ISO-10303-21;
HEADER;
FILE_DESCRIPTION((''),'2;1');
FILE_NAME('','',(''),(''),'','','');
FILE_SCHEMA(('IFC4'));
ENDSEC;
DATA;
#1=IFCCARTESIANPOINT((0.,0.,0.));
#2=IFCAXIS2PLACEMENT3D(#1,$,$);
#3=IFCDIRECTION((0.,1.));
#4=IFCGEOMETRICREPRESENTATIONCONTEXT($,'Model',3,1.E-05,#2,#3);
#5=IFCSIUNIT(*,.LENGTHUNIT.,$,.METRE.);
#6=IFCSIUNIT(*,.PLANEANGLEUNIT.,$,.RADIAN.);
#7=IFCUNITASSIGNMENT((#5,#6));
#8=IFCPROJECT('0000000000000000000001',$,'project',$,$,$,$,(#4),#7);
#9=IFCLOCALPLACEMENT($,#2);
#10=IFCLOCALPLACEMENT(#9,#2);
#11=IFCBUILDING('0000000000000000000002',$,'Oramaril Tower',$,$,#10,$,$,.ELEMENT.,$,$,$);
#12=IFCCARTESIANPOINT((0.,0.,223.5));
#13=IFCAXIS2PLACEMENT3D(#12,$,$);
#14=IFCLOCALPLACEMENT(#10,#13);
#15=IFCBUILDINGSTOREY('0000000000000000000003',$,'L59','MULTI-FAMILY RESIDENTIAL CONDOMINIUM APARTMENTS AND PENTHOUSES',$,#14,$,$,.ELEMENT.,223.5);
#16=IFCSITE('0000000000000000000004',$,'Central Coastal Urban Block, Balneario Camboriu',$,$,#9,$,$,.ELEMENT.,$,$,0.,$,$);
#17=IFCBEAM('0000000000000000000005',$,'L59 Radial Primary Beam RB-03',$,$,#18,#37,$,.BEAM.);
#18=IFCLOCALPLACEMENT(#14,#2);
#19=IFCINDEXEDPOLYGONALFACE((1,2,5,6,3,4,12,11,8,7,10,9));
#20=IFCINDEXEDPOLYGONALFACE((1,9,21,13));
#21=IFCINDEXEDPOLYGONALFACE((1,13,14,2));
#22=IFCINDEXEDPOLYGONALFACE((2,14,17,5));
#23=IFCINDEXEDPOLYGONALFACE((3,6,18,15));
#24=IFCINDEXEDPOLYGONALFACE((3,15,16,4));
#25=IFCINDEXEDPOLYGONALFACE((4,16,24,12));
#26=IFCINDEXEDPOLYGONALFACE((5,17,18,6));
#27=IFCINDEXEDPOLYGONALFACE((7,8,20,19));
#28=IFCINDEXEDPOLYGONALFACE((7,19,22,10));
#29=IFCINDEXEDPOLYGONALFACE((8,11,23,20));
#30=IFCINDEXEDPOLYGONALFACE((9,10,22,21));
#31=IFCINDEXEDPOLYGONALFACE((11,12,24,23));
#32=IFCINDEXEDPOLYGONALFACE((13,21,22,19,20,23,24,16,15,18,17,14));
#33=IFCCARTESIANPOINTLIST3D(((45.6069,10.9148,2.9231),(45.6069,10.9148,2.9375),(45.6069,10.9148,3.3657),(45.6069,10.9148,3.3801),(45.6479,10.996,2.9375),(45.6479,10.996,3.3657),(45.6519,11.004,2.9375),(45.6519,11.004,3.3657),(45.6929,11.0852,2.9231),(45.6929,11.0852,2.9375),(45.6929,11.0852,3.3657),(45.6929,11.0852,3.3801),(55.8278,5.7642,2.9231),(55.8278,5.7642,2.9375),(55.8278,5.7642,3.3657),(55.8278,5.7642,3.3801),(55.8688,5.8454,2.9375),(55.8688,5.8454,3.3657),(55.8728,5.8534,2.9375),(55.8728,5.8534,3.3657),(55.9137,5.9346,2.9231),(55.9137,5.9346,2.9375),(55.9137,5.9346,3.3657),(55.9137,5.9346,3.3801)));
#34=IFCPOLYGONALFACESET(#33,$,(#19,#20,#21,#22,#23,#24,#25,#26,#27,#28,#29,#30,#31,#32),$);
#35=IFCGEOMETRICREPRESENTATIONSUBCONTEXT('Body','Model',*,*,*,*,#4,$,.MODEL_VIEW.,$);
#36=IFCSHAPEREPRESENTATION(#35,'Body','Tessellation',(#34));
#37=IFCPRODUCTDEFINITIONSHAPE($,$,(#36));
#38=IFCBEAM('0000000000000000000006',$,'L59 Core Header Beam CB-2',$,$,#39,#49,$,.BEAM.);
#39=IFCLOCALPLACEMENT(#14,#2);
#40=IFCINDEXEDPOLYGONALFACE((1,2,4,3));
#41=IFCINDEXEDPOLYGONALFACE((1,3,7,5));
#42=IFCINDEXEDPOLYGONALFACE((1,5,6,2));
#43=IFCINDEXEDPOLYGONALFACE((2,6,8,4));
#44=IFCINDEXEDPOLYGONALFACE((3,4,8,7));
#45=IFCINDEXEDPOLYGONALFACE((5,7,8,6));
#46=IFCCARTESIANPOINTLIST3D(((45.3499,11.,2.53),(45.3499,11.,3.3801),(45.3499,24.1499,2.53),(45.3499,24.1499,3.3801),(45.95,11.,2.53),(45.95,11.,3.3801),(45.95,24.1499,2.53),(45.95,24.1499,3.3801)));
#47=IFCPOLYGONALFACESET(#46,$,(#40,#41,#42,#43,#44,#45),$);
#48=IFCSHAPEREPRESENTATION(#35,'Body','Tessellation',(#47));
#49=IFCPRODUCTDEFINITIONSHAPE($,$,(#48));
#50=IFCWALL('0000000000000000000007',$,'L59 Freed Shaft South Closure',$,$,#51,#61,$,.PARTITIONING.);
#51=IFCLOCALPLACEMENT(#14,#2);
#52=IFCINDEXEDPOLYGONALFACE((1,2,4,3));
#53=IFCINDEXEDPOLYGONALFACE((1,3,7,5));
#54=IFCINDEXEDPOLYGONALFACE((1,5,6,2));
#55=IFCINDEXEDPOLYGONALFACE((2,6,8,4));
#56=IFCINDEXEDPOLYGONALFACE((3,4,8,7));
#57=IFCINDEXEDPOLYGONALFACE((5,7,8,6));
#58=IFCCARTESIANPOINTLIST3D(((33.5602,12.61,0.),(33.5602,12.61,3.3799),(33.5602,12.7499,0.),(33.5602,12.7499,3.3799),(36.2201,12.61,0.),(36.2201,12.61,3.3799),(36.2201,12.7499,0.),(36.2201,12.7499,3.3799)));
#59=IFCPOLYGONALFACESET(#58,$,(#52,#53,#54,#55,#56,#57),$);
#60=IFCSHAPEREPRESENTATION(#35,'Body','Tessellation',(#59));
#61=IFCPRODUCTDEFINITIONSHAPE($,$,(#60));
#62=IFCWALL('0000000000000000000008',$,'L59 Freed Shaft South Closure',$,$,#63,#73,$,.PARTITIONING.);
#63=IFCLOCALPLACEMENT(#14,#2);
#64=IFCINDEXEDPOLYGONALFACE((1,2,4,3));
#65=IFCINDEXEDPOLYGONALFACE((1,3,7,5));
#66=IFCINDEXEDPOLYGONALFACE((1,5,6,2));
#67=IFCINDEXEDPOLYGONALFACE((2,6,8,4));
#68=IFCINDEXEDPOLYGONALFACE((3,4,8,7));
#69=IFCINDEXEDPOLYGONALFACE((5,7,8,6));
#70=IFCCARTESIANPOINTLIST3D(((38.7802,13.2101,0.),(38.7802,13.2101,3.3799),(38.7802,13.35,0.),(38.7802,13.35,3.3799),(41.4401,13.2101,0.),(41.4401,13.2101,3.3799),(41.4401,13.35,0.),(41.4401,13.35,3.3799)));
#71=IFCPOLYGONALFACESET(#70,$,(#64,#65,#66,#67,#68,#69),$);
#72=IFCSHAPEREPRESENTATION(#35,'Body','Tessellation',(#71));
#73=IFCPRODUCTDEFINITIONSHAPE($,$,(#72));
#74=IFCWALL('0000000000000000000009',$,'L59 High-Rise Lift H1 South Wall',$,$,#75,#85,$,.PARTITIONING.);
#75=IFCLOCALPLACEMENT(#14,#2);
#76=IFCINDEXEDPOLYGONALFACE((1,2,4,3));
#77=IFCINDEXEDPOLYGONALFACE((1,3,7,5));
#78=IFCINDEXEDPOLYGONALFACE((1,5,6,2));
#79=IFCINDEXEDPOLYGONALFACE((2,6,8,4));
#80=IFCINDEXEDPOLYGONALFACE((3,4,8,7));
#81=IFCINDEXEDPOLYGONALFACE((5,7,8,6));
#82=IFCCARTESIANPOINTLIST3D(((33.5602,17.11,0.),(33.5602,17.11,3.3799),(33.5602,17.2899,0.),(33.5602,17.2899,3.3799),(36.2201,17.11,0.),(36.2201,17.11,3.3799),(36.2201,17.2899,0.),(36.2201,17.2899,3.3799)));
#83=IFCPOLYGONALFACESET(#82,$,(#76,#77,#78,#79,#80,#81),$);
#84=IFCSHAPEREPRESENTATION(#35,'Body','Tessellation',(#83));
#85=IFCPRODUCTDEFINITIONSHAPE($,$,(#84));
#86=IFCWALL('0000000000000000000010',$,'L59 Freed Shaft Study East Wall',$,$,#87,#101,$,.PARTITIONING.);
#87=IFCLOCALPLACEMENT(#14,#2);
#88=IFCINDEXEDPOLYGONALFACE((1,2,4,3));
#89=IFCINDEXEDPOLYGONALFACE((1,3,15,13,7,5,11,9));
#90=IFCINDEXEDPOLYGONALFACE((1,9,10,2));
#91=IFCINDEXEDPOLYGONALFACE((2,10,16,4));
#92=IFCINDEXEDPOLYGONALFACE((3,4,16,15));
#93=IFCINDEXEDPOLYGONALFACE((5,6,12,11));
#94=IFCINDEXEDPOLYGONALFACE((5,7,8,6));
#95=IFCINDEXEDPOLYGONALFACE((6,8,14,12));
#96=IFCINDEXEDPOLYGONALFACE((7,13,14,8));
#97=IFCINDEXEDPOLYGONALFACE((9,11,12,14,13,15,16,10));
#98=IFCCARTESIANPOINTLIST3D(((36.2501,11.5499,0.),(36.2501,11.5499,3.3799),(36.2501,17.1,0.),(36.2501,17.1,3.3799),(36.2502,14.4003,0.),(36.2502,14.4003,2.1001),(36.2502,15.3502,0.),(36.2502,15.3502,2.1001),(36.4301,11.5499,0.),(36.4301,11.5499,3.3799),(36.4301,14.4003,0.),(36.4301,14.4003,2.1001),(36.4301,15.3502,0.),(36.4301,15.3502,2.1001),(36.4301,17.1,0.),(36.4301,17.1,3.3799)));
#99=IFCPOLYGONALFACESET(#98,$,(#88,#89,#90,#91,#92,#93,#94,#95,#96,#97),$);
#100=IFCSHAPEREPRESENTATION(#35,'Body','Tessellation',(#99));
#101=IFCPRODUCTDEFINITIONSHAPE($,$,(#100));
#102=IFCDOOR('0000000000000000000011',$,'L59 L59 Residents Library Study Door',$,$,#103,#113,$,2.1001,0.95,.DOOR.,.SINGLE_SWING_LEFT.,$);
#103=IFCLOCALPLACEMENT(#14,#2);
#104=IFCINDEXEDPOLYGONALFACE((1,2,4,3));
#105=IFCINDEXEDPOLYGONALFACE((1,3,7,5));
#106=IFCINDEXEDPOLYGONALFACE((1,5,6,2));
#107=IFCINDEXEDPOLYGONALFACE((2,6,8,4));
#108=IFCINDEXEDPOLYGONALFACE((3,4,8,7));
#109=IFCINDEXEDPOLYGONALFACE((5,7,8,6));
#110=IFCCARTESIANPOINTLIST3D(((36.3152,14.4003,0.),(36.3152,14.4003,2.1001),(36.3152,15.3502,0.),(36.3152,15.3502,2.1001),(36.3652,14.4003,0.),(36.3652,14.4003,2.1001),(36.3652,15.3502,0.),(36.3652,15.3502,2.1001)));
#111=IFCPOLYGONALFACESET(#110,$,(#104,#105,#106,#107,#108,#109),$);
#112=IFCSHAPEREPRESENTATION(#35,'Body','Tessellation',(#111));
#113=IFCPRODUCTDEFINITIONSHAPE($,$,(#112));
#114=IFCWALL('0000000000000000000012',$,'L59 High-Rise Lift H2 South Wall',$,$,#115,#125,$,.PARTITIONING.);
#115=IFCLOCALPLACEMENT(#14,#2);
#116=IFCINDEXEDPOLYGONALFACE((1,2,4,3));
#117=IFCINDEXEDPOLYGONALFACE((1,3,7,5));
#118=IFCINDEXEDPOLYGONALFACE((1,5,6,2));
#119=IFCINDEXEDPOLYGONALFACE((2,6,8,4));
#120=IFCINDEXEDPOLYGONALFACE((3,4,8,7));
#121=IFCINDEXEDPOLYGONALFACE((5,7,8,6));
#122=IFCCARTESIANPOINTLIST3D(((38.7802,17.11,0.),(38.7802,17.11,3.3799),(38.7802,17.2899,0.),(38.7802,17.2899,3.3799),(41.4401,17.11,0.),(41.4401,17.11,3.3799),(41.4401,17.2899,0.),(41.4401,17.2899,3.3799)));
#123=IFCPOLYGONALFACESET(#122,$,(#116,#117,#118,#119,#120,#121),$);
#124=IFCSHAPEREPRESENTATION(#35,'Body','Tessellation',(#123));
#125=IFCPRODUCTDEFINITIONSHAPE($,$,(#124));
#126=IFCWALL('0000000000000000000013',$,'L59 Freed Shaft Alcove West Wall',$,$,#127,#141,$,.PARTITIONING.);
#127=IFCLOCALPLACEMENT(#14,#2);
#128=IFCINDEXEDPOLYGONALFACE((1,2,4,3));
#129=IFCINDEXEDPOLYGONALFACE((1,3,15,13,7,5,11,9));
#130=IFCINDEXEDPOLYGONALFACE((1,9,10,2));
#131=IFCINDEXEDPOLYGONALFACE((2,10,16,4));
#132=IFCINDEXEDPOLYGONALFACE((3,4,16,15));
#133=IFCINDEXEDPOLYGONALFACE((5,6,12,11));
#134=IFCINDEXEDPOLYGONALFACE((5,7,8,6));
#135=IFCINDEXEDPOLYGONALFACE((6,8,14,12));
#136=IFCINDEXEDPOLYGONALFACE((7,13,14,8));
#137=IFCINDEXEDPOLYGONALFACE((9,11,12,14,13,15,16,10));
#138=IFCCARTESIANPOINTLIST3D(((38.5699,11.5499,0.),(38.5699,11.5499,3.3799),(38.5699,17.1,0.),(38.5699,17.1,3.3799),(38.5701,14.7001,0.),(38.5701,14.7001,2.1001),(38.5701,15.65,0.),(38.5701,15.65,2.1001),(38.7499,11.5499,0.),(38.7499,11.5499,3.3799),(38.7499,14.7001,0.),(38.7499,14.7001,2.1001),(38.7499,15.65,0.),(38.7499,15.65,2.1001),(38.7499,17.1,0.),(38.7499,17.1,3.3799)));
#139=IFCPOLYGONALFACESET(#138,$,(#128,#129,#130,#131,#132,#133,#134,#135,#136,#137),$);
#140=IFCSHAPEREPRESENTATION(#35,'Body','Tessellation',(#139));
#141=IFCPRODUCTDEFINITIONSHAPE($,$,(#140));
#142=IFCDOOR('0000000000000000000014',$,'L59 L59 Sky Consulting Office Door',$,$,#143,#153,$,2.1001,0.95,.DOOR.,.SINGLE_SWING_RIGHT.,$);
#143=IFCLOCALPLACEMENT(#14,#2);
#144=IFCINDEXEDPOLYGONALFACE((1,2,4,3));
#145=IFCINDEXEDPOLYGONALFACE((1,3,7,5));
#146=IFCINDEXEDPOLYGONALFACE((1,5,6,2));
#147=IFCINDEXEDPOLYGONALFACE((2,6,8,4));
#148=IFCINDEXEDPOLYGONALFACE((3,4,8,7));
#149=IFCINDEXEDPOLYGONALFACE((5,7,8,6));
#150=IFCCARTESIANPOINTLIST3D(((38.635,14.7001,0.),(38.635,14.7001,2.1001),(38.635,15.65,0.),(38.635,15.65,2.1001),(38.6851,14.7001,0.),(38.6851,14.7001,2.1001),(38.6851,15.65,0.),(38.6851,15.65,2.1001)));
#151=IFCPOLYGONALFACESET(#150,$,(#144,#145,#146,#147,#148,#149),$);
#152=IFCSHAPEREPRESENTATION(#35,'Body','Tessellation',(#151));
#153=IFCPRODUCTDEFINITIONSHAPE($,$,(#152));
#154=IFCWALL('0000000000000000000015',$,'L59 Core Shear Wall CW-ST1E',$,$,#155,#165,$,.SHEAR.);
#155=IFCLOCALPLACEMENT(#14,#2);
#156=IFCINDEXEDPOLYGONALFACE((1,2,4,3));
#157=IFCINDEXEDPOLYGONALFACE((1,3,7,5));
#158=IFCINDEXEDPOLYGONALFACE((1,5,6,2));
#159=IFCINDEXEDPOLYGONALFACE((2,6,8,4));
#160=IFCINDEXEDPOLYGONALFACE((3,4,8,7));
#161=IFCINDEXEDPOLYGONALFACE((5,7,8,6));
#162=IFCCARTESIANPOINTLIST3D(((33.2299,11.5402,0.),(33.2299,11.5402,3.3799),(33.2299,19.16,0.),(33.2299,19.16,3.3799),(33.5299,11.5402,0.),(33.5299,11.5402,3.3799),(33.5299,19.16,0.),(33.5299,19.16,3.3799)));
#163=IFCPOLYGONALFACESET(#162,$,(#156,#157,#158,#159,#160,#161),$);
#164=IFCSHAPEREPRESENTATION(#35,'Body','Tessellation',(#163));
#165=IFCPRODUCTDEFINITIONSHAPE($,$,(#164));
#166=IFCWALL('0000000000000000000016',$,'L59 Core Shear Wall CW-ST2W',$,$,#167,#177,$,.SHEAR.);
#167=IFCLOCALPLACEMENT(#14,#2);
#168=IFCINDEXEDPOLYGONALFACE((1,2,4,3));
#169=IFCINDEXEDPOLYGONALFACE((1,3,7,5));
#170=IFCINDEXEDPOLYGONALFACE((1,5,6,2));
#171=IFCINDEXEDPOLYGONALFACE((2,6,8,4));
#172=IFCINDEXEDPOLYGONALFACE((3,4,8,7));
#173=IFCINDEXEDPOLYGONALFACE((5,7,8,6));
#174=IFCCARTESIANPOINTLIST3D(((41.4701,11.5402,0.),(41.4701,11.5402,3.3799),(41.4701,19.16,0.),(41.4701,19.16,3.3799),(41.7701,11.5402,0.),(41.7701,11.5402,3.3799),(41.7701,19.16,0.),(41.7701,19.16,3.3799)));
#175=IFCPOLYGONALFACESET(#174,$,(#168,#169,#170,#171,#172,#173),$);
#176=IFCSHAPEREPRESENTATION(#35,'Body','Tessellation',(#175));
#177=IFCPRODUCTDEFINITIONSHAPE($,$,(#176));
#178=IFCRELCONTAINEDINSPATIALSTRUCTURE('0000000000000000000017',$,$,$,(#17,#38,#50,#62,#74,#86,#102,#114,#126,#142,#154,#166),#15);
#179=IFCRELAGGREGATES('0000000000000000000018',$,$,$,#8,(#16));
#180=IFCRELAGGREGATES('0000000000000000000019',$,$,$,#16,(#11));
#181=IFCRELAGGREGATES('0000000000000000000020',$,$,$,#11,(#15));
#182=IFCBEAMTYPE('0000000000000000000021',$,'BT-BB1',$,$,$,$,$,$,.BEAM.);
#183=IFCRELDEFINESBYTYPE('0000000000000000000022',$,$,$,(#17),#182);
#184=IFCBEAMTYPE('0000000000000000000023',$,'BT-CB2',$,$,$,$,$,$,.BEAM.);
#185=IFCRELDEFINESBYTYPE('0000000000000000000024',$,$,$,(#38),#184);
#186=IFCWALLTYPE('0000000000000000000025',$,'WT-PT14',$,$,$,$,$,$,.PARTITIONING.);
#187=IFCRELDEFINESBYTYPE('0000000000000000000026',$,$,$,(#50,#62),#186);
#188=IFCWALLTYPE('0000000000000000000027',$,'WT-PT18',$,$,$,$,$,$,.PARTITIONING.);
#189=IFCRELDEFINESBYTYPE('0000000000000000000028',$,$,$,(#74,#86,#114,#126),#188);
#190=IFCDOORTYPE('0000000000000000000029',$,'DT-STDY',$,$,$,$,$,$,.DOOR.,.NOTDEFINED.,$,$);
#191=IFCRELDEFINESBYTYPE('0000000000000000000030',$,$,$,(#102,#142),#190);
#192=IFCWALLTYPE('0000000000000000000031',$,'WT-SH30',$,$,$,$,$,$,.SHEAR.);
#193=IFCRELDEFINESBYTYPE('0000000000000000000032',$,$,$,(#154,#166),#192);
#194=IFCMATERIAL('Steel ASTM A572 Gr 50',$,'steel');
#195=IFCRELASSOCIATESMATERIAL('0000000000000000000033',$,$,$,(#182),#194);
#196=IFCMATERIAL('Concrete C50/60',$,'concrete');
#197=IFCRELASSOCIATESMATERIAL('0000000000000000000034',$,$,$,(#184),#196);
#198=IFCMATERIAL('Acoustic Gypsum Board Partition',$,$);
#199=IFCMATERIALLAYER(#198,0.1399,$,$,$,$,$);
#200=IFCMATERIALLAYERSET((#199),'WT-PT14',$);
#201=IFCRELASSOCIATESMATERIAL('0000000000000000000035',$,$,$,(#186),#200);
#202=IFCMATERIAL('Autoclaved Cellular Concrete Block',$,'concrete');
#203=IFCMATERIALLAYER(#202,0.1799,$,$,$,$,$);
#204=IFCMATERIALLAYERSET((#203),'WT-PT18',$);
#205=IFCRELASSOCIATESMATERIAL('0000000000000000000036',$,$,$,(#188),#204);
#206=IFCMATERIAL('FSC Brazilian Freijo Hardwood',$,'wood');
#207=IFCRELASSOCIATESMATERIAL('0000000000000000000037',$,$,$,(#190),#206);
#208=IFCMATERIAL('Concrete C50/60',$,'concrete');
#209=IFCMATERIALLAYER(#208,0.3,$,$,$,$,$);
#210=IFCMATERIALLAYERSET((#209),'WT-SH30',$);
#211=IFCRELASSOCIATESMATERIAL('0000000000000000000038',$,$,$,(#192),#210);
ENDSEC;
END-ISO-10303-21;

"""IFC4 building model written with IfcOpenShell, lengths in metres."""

from ifc_helpers import new_model, si_unit, direction, frame, frame_2d, origin, origin_2d, place, context, subcontext, project, spatial, rectangle, i_section, extrude, material, layer, layer_set, material_profile, profile_set, type_object, element, fill, save


model = new_model("IFC4")

# Units and contexts
model_context = context("Model", 3, precision=1e-05, world=origin(), true_north=direction((0.0, 1.0)))
body_context = subcontext(model_context, "Body", "Model", "MODEL_VIEW")
ifc_project = project(units=[si_unit("LENGTHUNIT", "METRE"), si_unit("PLANEANGLEUNIT", "RADIAN")], contexts=[model_context])

# Site, building, storey
site_placement = place(None, origin())
site = spatial("IfcSite", under=ifc_project, at=site_placement, Name="Central Coastal Urban Block, Balneario Camboriu", CompositionType="ELEMENT", RefElevation=0.0)
building_placement = place(site_placement, origin())
building = spatial("IfcBuilding", under=site, at=building_placement, Name="Oramaril Tower", CompositionType="ELEMENT")
storey_placement = place(building_placement, frame((0.0, 0.0, 223.5)))
storey = spatial("IfcBuildingStorey", under=building, at=storey_placement, Name="L59", Description="MULTI-FAMILY RESIDENTIAL CONDOMINIUM APARTMENTS AND PENTHOUSES", CompositionType="ELEMENT", Elevation=223.5)

# Beams
ifc_material_1 = material(Name="Steel ASTM A572 Gr 50", Category="steel")
ifc_material_profile_1 = material_profile(ifc_material_1, i_section(OverallWidth=0.1909, OverallDepth=0.457, WebThickness=0.009, FlangeThickness=0.0144, at=origin_2d()), Name="W18X50")
ifc_profile_set_1 = profile_set([ifc_material_profile_1], Name="Steel ASTM A572 Gr 50")
beam_type_1 = type_object("IfcBeamType", Name="BT-BB1", PredefinedType="BEAM", material=ifc_profile_set_1)
beam_1_placement = place(storey_placement, frame((45.6499, 11.0, 3.1516), z_axis=(0.893019, -0.450019, 0.0), x_axis=(0.450019, 0.893019, 0.0)))
element("IfcBeam", 1, at=beam_1_placement, inside=storey, type_object=beam_type_1, Name="L59 Radial Primary Beam RB-03", PredefinedType="BEAM", context=body_context, shape_type="SweptSolid", body=[
    extrude(i_section(OverallWidth=0.1909, OverallDepth=0.457, WebThickness=0.009, FlangeThickness=0.0144, at=origin_2d()), origin(), (0.0, 0.0, 1.0), 11.4453),
])
ifc_material_2 = material(Name="Concrete C50/60", Category="concrete")
ifc_material_profile_2 = material_profile(ifc_material_2, rectangle(XDim=0.6001, YDim=0.8501, at=origin_2d()), Name="CB600X850")
ifc_profile_set_2 = profile_set([ifc_material_profile_2], Name="Concrete C50/60")
beam_type_2 = type_object("IfcBeamType", Name="BT-CB2", PredefinedType="BEAM", material=ifc_profile_set_2)
beam_2_placement = place(storey_placement, frame((45.6499, 11.0, 2.9551), z_axis=(0.0, 1.0, 0.0), x_axis=(-1.0, 0.0, 0.0)))
element("IfcBeam", 2, at=beam_2_placement, inside=storey, type_object=beam_type_2, Name="L59 Core Header Beam CB-2", PredefinedType="BEAM", context=body_context, shape_type="SweptSolid", body=[
    extrude(rectangle(XDim=0.6001, YDim=0.8501, at=origin_2d()), origin(), (0.0, 0.0, 1.0), 13.1499),
])

# Walls
ifc_material_3 = material(Name="Acoustic Gypsum Board Partition")
ifc_layer_1 = layer(ifc_material_3, 0.1399)
ifc_layer_set_1 = layer_set([ifc_layer_1], Name="WT-PT14")
wall_type_1 = type_object("IfcWallType", Name="WT-PT14", PredefinedType="PARTITIONING", material=ifc_layer_set_1)
for number, where, z_axis, x_axis, name in (
    (3, (33.5601, 12.6799, 0.0), (0.0, 0.0, 1.0), (1.0, 0.0, 0.0), "L59 Freed Shaft South Closure"),
    (4, (38.78, 13.28, 0.0), (0.0, 0.0, 1.0), (1.0, 0.0, 0.0), "L59 Freed Shaft South Closure"),
):
    element("IfcWall", number, at=place(storey_placement, frame(where, z_axis=z_axis, x_axis=x_axis)), inside=storey, type_object=wall_type_1, Name=name, PredefinedType="PARTITIONING", context=body_context, shape_type="SweptSolid", body=[
        extrude(rectangle(XDim=2.6599, YDim=0.1399, at=frame_2d((1.3301, 0.0))), origin(), (0.0, 0.0, 1.0), 3.3799),
    ])
ifc_material_4 = material(Name="Autoclaved Cellular Concrete Block", Category="concrete")
ifc_layer_2 = layer(ifc_material_4, 0.1799)
ifc_layer_set_2 = layer_set([ifc_layer_2], Name="WT-PT18")
wall_type_2 = type_object("IfcWallType", Name="WT-PT18", PredefinedType="PARTITIONING", material=ifc_layer_set_2)
wall_1_placement = place(storey_placement, frame((33.5601, 17.2, 0.0), z_axis=(0.0, 0.0, 1.0), x_axis=(1.0, 0.0, 0.0)))
element("IfcWall", 5, at=wall_1_placement, inside=storey, type_object=wall_type_2, Name="L59 High-Rise Lift H1 South Wall", PredefinedType="PARTITIONING", context=body_context, shape_type="SweptSolid", body=[
    extrude(rectangle(XDim=2.6599, YDim=0.1799, at=frame_2d((1.3301, 0.0))), origin(), (0.0, 0.0, 1.0), 3.3799),
])

# Wall, opening, door
wall_2_placement = place(storey_placement, frame((36.3401, 11.55, 0.0), z_axis=(0.0, 0.0, 1.0), x_axis=(0.0, 1.0, 0.0)))
wall_2 = element("IfcWall", 6, at=wall_2_placement, inside=storey, type_object=wall_type_2, Name="L59 Freed Shaft Study East Wall", PredefinedType="PARTITIONING", context=body_context, shape_type="SweptSolid", body=[
    extrude(rectangle(XDim=5.55, YDim=0.1799, at=frame_2d((2.7749, 0.0))), origin(), (0.0, 0.0, 1.0), 3.3799),
])
opening_1_placement = place(wall_2_placement, frame((2.8501, 0.0, 0.0)))
opening_1 = element("IfcOpeningElement", 7, at=opening_1_placement, cuts=wall_2, PredefinedType="OPENING", context=body_context, shape_type="SweptSolid", body=[
    extrude(rectangle(XDim=0.95, YDim=2.1001, at=frame_2d((0.4751, 1.05))), frame((0.0, 0.0898, 0.0), z_axis=(0.0, -1.0, 0.0), x_axis=(1.0, 0.0, 0.0)), (0.0, 0.0, 1.0), 0.1799),
])
ifc_material_5 = material(Name="FSC Brazilian Freijo Hardwood", Category="wood")
door_type_1 = type_object("IfcDoorType", Name="DT-STDY", OperationType="NOTDEFINED", PredefinedType="DOOR", material=ifc_material_5)
door_1_placement = place(opening_1_placement, origin())
door_1 = element("IfcDoor", 8, at=door_1_placement, inside=storey, type_object=door_type_1, Name="L59 L59 Residents Library Study Door", OperationType="SINGLE_SWING_LEFT", OverallHeight=2.1001, OverallWidth=0.95, PredefinedType="DOOR", context=body_context, shape_type="SweptSolid", body=[
    extrude(rectangle(XDim=0.95, YDim=2.1001, at=frame_2d((0.4751, 1.05))), frame((0.0, 0.0249, 0.0), z_axis=(0.0, -1.0, 0.0), x_axis=(1.0, 0.0, 0.0)), (0.0, 0.0, 1.0), 0.05),
])
fill(opening_1, door_1)

# Wall
wall_3_placement = place(storey_placement, frame((38.78, 17.2, 0.0), z_axis=(0.0, 0.0, 1.0), x_axis=(1.0, 0.0, 0.0)))
element("IfcWall", 9, at=wall_3_placement, inside=storey, type_object=wall_type_2, Name="L59 High-Rise Lift H2 South Wall", PredefinedType="PARTITIONING", context=body_context, shape_type="SweptSolid", body=[
    extrude(rectangle(XDim=2.6599, YDim=0.1799, at=frame_2d((1.3301, 0.0))), origin(), (0.0, 0.0, 1.0), 3.3799),
])

# Wall, opening, door
wall_4_placement = place(storey_placement, frame((38.6599, 11.55, 0.0), z_axis=(0.0, 0.0, 1.0), x_axis=(0.0, 1.0, 0.0)))
wall_4 = element("IfcWall", 10, at=wall_4_placement, inside=storey, type_object=wall_type_2, Name="L59 Freed Shaft Alcove West Wall", PredefinedType="PARTITIONING", context=body_context, shape_type="SweptSolid", body=[
    extrude(rectangle(XDim=5.55, YDim=0.1799, at=frame_2d((2.7749, 0.0))), origin(), (0.0, 0.0, 1.0), 3.3799),
])
opening_2_placement = place(wall_4_placement, frame((3.1499, 0.0, 0.0)))
opening_2 = element("IfcOpeningElement", 11, at=opening_2_placement, cuts=wall_4, PredefinedType="OPENING", context=body_context, shape_type="SweptSolid", body=[
    extrude(rectangle(XDim=0.95, YDim=2.1001, at=frame_2d((0.4751, 1.05))), frame((0.0, 0.0898, 0.0), z_axis=(0.0, -1.0, 0.0), x_axis=(1.0, 0.0, 0.0)), (0.0, 0.0, 1.0), 0.1799),
])
door_2_placement = place(opening_2_placement, origin())
door_2 = element("IfcDoor", 12, at=door_2_placement, inside=storey, type_object=door_type_1, Name="L59 L59 Sky Consulting Office Door", OperationType="SINGLE_SWING_RIGHT", OverallHeight=2.1001, OverallWidth=0.95, PredefinedType="DOOR", context=body_context, shape_type="SweptSolid", body=[
    extrude(rectangle(XDim=0.95, YDim=2.1001, at=frame_2d((0.4751, 1.05))), frame((0.0, 0.0249, 0.0), z_axis=(0.0, -1.0, 0.0), x_axis=(1.0, 0.0, 0.0)), (0.0, 0.0, 1.0), 0.05),
])
fill(opening_2, door_2)

# Walls
ifc_material_6 = material(Name="Concrete C50/60", Category="concrete")
ifc_layer_3 = layer(ifc_material_6, 0.3)
ifc_layer_set_3 = layer_set([ifc_layer_3], Name="WT-SH30")
wall_type_3 = type_object("IfcWallType", Name="WT-SH30", PredefinedType="SHEAR", material=ifc_layer_set_3)
for number, where, z_axis, x_axis, name in (
    (13, (33.3799, 11.54, 0.0), (0.0, 0.0, 1.0), (0.0, 1.0, 0.0), "L59 Core Shear Wall CW-ST1E"),
    (14, (41.6201, 11.54, 0.0), (0.0, 0.0, 1.0), (0.0, 1.0, 0.0), "L59 Core Shear Wall CW-ST2W"),
):
    element("IfcWall", number, at=place(storey_placement, frame(where, z_axis=z_axis, x_axis=x_axis)), inside=storey, type_object=wall_type_3, Name=name, PredefinedType="SHEAR", context=body_context, shape_type="SweptSolid", body=[
        extrude(rectangle(XDim=7.6199, YDim=0.3, at=frame_2d((3.8101, 0.0))), origin(), (0.0, 0.0, 1.0), 3.3799),
    ])

save(model, "model.ifc")
